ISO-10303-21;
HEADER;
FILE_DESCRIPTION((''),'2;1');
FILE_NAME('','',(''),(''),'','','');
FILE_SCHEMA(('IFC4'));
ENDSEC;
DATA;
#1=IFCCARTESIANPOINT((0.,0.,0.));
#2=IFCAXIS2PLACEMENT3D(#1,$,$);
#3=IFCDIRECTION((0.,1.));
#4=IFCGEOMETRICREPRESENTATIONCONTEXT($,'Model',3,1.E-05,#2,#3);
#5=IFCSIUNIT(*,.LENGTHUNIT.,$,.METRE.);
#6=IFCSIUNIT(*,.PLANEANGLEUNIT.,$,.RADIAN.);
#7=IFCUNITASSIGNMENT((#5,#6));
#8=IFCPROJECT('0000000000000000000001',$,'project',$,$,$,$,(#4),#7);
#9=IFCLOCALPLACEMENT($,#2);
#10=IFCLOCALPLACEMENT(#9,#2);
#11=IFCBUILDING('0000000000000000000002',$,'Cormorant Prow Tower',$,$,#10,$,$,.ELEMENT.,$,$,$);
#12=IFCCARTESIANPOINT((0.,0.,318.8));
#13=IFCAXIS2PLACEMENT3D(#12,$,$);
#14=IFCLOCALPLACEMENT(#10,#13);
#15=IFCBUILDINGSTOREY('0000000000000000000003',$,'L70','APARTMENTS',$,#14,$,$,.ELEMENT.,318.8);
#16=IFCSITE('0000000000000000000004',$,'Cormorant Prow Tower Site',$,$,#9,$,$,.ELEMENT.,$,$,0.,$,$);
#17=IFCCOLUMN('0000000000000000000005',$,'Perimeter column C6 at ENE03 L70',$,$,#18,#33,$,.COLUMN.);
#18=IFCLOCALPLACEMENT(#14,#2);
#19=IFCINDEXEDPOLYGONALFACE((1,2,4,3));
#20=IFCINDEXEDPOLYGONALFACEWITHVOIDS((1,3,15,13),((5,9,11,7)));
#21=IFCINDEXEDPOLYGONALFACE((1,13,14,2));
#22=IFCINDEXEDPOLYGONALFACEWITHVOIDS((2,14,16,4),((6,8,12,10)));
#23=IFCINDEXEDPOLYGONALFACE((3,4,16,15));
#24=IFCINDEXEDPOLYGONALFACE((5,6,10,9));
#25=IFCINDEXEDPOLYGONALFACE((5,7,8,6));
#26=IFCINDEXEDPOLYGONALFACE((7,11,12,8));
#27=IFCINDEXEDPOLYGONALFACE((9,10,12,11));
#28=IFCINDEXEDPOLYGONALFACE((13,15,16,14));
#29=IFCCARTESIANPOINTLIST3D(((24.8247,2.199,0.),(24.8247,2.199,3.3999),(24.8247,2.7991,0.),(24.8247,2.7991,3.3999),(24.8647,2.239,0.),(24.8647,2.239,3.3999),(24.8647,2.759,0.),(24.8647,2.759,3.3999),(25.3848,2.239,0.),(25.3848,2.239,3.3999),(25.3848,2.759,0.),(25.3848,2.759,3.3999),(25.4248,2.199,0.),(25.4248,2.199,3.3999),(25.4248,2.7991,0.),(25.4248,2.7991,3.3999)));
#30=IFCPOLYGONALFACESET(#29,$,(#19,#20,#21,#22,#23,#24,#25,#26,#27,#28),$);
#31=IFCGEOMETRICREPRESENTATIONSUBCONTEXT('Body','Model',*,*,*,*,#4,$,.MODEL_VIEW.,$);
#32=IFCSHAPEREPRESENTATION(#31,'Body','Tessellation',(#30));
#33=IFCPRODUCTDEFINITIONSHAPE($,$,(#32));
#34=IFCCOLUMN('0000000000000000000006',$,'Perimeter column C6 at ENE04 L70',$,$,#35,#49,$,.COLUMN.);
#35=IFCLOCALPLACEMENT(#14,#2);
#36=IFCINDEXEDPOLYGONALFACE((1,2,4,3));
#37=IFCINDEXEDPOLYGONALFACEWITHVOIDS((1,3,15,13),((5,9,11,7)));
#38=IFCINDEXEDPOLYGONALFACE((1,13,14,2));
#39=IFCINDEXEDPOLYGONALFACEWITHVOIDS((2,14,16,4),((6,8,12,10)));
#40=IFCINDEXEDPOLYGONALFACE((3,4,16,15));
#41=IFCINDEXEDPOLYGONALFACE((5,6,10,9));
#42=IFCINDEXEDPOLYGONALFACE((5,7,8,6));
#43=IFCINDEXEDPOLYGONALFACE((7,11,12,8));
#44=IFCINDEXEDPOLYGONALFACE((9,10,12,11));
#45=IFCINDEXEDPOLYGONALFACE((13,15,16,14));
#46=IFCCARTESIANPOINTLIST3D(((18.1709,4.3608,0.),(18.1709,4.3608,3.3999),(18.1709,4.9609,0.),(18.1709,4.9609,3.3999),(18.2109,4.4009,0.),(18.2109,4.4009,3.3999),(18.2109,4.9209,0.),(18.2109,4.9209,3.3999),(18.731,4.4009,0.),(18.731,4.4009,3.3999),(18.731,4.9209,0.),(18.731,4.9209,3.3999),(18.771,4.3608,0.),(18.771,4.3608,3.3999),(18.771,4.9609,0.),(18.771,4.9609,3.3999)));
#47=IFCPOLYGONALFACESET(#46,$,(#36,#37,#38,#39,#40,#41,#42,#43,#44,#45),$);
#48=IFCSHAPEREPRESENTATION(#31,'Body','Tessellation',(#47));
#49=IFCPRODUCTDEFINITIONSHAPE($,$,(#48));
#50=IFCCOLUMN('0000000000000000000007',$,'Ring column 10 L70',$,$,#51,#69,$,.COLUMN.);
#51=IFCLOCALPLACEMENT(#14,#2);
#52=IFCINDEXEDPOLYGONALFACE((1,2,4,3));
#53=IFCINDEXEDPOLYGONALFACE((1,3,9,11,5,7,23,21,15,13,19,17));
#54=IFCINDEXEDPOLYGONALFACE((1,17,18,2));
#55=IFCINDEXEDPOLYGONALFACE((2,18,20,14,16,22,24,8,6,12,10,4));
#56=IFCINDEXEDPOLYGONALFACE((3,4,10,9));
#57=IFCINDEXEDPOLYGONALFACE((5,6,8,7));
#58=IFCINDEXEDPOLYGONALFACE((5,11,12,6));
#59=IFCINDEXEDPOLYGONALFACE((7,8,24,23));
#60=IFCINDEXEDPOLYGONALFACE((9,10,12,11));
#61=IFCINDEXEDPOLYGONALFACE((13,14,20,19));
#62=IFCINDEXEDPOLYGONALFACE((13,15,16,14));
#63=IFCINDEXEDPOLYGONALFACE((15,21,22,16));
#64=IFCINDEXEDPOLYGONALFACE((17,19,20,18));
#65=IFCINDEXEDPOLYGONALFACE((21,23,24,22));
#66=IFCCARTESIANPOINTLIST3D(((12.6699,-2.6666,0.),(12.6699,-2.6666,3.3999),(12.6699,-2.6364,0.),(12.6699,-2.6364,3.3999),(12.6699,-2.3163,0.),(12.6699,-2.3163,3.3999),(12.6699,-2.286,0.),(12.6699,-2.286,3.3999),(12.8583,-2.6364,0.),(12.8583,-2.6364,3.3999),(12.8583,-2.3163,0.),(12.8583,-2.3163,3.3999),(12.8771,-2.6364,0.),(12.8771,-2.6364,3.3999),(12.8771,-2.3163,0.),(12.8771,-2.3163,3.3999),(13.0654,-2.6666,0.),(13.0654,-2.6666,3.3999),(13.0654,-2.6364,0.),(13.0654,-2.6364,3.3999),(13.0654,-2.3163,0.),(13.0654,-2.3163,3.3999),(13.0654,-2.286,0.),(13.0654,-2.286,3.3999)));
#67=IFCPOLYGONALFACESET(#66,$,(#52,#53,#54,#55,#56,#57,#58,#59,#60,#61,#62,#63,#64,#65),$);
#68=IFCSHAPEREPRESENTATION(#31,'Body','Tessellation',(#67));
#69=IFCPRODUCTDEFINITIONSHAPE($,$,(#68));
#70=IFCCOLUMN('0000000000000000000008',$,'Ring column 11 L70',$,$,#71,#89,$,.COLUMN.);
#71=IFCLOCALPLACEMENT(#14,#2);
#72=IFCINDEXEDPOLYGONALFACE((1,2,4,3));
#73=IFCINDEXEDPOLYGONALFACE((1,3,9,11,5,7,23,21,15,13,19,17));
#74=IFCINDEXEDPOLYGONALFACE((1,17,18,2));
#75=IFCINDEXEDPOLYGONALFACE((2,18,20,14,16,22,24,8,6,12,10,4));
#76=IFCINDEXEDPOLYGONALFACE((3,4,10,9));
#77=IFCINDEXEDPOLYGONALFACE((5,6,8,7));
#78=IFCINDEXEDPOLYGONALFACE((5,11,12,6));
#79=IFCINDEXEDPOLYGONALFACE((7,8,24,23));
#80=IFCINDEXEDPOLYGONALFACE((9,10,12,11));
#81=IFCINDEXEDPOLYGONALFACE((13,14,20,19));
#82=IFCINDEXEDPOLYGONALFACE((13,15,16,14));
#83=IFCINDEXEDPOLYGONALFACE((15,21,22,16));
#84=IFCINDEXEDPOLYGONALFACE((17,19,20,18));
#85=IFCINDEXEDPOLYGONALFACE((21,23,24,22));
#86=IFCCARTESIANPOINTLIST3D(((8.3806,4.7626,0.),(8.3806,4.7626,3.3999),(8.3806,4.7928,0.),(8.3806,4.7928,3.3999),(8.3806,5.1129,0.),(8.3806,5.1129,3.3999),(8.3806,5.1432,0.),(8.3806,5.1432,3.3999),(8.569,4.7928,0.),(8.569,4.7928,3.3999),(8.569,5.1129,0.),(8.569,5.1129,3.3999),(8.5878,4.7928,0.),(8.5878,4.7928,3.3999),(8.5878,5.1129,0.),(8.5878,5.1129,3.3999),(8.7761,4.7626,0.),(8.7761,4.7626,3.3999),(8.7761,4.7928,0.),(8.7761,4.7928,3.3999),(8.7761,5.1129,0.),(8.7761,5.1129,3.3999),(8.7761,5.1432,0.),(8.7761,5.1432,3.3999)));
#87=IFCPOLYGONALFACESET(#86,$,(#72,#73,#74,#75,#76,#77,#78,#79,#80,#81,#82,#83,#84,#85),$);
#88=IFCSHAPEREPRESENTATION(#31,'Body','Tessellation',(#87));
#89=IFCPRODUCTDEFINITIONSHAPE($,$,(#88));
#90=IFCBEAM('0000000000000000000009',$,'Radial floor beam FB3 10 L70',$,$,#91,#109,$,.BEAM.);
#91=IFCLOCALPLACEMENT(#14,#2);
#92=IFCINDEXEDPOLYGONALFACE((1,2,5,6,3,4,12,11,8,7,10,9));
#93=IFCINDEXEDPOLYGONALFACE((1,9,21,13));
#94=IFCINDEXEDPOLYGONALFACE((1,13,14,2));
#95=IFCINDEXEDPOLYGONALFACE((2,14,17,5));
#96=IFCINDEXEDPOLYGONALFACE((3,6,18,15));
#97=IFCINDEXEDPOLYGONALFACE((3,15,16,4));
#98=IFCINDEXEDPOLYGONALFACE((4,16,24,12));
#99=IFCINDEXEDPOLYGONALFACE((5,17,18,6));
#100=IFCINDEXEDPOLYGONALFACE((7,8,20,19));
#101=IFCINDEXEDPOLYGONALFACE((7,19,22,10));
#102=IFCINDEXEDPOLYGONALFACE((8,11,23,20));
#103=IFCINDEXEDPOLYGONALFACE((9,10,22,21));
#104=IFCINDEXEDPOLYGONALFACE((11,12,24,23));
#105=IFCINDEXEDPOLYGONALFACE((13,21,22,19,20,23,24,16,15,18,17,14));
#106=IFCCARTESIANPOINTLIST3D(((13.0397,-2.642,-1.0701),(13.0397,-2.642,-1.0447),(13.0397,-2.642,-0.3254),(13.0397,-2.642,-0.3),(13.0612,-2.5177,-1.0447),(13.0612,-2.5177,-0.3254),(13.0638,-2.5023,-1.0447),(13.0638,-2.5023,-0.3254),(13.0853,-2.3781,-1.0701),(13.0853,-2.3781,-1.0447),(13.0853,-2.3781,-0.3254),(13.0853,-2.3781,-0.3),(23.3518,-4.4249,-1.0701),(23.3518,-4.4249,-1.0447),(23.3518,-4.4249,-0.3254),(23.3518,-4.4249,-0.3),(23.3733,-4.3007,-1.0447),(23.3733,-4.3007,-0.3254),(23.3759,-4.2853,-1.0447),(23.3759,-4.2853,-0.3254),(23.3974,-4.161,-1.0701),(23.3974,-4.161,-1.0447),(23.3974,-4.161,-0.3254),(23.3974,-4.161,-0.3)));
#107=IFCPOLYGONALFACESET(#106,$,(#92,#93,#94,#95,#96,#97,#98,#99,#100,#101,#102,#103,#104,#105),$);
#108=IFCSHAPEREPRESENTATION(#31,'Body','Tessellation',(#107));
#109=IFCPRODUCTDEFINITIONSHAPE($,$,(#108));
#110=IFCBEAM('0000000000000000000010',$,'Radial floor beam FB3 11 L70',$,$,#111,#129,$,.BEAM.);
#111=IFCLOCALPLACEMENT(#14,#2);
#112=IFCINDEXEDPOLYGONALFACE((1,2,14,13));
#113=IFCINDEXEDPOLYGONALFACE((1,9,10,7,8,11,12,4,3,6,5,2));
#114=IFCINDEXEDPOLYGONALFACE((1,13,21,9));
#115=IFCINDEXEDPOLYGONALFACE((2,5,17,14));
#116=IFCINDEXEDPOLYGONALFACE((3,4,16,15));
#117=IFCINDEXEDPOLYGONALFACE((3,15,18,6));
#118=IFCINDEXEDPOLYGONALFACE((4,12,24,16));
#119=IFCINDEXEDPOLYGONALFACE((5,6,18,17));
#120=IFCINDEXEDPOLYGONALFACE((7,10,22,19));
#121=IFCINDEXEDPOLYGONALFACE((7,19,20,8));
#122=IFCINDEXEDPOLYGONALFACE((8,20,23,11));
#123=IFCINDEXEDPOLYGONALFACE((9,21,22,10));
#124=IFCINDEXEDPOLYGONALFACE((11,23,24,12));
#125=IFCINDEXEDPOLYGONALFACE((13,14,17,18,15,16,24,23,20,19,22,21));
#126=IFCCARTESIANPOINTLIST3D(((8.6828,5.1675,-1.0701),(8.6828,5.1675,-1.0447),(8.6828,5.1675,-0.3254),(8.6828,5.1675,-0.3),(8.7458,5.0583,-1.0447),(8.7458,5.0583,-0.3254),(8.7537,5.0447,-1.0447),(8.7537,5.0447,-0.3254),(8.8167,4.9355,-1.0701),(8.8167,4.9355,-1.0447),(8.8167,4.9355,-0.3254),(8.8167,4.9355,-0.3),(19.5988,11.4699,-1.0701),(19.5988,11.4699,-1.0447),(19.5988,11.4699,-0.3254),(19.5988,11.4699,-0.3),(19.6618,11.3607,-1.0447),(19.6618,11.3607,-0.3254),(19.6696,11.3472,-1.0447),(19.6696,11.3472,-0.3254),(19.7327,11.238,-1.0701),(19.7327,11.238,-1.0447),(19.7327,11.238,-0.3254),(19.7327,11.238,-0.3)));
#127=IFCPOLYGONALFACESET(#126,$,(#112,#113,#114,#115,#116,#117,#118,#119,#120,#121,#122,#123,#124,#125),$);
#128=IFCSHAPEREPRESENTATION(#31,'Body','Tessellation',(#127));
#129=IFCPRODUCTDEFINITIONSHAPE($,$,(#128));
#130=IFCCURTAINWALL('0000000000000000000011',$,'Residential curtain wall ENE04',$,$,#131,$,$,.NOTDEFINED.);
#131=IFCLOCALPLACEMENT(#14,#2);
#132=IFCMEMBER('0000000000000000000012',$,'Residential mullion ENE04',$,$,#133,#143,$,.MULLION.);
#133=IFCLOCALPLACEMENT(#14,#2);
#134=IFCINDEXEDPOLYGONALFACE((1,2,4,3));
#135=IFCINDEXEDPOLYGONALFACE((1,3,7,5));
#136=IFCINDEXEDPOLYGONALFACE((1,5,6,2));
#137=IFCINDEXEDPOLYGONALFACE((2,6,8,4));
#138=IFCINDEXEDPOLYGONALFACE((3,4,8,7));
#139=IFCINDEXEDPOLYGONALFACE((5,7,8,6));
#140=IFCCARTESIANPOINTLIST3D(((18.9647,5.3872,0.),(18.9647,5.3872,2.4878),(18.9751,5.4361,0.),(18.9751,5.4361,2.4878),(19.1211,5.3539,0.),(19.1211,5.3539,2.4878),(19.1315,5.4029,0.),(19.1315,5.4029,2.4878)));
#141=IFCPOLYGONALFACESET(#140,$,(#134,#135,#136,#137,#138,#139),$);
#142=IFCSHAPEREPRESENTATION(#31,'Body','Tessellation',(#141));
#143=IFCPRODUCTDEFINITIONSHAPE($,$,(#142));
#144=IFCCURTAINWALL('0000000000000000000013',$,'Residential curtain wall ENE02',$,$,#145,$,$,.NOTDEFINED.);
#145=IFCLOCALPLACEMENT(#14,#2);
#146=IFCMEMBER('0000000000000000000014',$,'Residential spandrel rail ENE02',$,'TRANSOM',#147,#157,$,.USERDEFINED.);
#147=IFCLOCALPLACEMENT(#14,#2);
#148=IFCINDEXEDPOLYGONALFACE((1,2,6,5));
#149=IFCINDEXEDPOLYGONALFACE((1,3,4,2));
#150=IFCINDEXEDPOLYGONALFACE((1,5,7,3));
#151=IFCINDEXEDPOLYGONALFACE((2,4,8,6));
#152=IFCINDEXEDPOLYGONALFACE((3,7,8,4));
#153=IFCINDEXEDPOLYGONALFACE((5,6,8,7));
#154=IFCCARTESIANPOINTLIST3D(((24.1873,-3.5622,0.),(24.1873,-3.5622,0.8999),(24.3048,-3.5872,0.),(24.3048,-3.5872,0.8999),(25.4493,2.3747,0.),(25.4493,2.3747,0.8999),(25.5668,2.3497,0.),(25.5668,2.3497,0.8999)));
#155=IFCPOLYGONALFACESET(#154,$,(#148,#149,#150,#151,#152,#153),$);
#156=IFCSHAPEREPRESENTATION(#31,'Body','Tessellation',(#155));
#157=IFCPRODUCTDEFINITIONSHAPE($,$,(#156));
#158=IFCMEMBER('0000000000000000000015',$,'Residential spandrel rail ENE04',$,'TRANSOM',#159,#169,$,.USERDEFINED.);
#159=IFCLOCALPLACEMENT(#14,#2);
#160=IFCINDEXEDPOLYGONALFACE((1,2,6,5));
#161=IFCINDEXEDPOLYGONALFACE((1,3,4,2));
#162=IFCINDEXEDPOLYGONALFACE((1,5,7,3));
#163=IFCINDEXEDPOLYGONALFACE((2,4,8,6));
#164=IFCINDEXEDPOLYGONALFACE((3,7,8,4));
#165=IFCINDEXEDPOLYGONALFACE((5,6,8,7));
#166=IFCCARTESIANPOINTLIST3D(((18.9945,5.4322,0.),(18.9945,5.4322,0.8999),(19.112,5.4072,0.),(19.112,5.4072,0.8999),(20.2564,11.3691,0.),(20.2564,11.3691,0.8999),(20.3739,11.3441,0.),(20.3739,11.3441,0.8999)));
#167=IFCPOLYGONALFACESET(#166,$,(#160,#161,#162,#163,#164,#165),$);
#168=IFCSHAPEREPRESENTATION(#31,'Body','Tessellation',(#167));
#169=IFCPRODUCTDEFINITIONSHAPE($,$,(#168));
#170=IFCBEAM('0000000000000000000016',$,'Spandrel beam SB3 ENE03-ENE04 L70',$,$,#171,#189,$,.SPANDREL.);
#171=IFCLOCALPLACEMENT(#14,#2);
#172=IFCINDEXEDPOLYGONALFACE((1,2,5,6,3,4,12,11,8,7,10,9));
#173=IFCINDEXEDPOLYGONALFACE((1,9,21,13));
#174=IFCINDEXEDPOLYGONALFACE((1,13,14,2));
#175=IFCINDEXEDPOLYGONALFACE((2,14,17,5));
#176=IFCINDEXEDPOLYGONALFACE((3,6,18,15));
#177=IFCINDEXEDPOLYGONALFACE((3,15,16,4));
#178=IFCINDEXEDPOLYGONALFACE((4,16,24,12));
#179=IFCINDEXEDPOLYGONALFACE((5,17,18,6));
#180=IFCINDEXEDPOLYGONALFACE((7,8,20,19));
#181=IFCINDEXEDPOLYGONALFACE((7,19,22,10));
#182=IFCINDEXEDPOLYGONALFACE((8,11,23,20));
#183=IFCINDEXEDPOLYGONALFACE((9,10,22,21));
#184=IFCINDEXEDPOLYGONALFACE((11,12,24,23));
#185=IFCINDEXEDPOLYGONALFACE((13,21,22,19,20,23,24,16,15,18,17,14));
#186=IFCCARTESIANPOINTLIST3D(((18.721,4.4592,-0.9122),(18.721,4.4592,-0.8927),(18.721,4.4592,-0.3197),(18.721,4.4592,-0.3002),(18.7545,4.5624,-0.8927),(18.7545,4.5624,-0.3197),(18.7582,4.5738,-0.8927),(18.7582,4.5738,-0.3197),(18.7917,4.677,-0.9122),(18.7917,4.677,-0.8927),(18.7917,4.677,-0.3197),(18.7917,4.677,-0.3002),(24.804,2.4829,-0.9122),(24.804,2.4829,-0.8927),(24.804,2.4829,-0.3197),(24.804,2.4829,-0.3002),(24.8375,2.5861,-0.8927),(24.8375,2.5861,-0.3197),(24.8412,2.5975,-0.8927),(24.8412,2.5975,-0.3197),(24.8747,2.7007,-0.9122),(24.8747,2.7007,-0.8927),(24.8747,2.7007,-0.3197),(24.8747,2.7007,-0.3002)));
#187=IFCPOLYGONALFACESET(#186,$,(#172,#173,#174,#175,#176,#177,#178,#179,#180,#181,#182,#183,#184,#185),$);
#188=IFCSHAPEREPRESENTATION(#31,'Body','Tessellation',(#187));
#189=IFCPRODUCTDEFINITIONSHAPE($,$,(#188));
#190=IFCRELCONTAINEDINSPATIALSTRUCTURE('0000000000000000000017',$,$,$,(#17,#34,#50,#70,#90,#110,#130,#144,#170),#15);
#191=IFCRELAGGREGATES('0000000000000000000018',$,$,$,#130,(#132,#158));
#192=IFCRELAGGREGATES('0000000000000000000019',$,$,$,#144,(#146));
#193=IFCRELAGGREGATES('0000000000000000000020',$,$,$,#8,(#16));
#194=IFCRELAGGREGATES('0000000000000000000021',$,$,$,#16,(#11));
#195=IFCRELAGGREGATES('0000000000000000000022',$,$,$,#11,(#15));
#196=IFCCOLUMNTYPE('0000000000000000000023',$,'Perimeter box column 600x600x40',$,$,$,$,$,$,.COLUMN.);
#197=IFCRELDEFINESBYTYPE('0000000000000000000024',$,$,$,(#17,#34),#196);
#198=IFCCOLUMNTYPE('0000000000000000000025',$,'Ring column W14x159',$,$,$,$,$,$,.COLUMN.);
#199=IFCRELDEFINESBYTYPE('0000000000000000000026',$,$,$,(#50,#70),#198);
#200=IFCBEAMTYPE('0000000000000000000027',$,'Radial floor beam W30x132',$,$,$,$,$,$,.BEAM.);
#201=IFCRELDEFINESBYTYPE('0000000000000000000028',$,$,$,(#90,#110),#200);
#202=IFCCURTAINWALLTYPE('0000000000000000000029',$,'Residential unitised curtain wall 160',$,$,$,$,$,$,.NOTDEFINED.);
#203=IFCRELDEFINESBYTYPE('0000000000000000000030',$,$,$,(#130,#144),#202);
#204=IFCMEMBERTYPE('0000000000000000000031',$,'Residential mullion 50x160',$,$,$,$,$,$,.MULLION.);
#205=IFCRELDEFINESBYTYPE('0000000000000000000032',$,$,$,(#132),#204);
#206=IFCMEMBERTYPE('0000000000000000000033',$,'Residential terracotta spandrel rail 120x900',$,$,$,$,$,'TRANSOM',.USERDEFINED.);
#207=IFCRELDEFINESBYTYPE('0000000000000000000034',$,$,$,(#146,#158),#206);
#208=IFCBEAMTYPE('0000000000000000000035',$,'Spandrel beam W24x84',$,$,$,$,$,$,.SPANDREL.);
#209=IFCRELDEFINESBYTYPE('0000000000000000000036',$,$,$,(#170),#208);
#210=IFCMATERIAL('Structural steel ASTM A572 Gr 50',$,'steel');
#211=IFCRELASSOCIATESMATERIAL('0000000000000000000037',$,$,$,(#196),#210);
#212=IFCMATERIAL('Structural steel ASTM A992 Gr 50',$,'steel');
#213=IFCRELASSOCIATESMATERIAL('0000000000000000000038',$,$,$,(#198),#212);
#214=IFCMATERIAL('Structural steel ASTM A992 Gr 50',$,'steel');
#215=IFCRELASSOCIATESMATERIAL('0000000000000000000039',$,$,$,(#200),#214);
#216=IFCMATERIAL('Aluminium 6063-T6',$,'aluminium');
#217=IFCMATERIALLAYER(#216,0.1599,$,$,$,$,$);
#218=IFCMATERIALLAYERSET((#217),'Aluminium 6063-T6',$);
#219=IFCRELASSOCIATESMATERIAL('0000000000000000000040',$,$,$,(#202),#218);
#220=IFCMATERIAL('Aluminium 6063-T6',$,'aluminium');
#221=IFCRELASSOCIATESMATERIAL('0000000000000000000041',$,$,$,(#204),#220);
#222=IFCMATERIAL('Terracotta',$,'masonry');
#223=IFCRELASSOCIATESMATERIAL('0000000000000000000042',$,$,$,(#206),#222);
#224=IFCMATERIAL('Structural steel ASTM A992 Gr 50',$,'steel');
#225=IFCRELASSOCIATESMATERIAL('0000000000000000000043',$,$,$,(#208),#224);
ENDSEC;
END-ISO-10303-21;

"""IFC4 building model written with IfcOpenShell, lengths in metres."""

from ifc_helpers import new_model, si_unit, direction, frame, origin, origin_2d, place, context, subcontext, project, spatial, rectangle, hollow_rectangle, i_section, extrude, material, layer, layer_set, material_profile, profile_set, type_object, element, aggregate, save


model = new_model("IFC4")

# Units and contexts
model_context = context("Model", 3, precision=1e-05, world=origin(), true_north=direction((0.0, 1.0)))
body_context = subcontext(model_context, "Body", "Model", "MODEL_VIEW")
ifc_project = project(units=[si_unit("LENGTHUNIT", "METRE"), si_unit("PLANEANGLEUNIT", "RADIAN")], contexts=[model_context])

# Site, building, storey
site_placement = place(None, origin())
site = spatial("IfcSite", under=ifc_project, at=site_placement, Name="Cormorant Prow Tower Site", CompositionType="ELEMENT", RefElevation=0.0)
building_placement = place(site_placement, origin())
building = spatial("IfcBuilding", under=site, at=building_placement, Name="Cormorant Prow Tower", CompositionType="ELEMENT")
storey_placement = place(building_placement, frame((0.0, 0.0, 318.8)))
storey = spatial("IfcBuildingStorey", under=building, at=storey_placement, Name="L70", Description="APARTMENTS", CompositionType="ELEMENT", Elevation=318.8)

# Columns
ifc_material_1 = material(Name="Structural steel ASTM A572 Gr 50", Category="steel")
ifc_material_profile_1 = material_profile(ifc_material_1, hollow_rectangle(XDim=0.6001, YDim=0.6001, WallThickness=0.04, at=origin_2d()), Name="Box 600x600x40")
ifc_profile_set_1 = profile_set([ifc_material_profile_1], Name="Structural steel ASTM A572 Gr 50")
column_type_1 = type_object("IfcColumnType", Name="Perimeter box column 600x600x40", PredefinedType="COLUMN", material=ifc_profile_set_1)
for number, where, z_axis, x_axis, name in (
    (1, (25.1248, 2.499, 0.0), (0.0, 0.0, 1.0), (1.0, 0.0, 0.0), "Perimeter column C6 at ENE03 L70"),
    (2, (18.4709, 4.6609, 0.0), (0.0, 0.0, 1.0), (1.0, 0.0, 0.0), "Perimeter column C6 at ENE04 L70"),
):
    element("IfcColumn", number, at=place(storey_placement, frame(where, z_axis=z_axis, x_axis=x_axis)), inside=storey, type_object=column_type_1, Name=name, PredefinedType="COLUMN", context=body_context, shape_type="SweptSolid", body=[
        extrude(hollow_rectangle(XDim=0.6001, YDim=0.6001, WallThickness=0.04, at=origin_2d()), origin(), (0.0, 0.0, 1.0), 3.3999),
    ])
ifc_material_2 = material(Name="Structural steel ASTM A992 Gr 50", Category="steel")
ifc_material_profile_2 = material_profile(ifc_material_2, i_section(OverallWidth=0.3955, OverallDepth=0.3806, WebThickness=0.0188, FlangeThickness=0.0303, at=origin_2d()), Name="W14x159")
ifc_profile_set_2 = profile_set([ifc_material_profile_2], Name="Structural steel ASTM A992 Gr 50")
column_type_2 = type_object("IfcColumnType", Name="Ring column W14x159", PredefinedType="COLUMN", material=ifc_profile_set_2)
for number, where, z_axis, x_axis, name in (
    (3, (12.8677, -2.4763, 0.0), (0.0, 0.0, 1.0), (1.0, 0.0, 0.0), "Ring column 10 L70"),
    (4, (8.5784, 4.9529, 0.0), (0.0, 0.0, 1.0), (1.0, 0.0, 0.0), "Ring column 11 L70"),
):
    element("IfcColumn", number, at=place(storey_placement, frame(where, z_axis=z_axis, x_axis=x_axis)), inside=storey, type_object=column_type_2, Name=name, PredefinedType="COLUMN", context=body_context, shape_type="SweptSolid", body=[
        extrude(i_section(OverallWidth=0.3955, OverallDepth=0.3806, WebThickness=0.0188, FlangeThickness=0.0303, at=origin_2d()), origin(), (0.0, 0.0, 1.0), 3.3999),
    ])

# Beams
ifc_material_3 = material(Name="Structural steel ASTM A992 Gr 50", Category="steel")
ifc_material_profile_3 = material_profile(ifc_material_3, i_section(OverallWidth=0.2678, OverallDepth=0.77, WebThickness=0.0156, FlangeThickness=0.0254, at=origin_2d()), Name="W30x132")
ifc_profile_set_3 = profile_set([ifc_material_profile_3], Name="Structural steel ASTM A992 Gr 50")
beam_type_1 = type_object("IfcBeamType", Name="Radial floor beam W30x132", PredefinedType="BEAM", material=ifc_profile_set_3)
beam_1_placement = place(storey_placement, frame((13.0625, -2.51, -0.6851), z_axis=(0.98538, -0.170373, 0.0), x_axis=(0.170373, 0.98538, 0.0)))
element("IfcBeam", 5, at=beam_1_placement, inside=storey, type_object=beam_type_1, Name="Radial floor beam FB3 10 L70", PredefinedType="BEAM", context=body_context, shape_type="SweptSolid", body=[
    extrude(i_section(OverallWidth=0.2678, OverallDepth=0.77, WebThickness=0.0156, FlangeThickness=0.0254, at=origin_2d()), origin(), (0.0, 0.0, 1.0), 10.4651),
])
beam_2_placement = place(storey_placement, frame((8.7498, 5.0515, -0.6851), z_axis=(0.866021, 0.500007, 0.0), x_axis=(-0.500007, 0.866021, 0.0)))
element("IfcBeam", 6, at=beam_2_placement, inside=storey, type_object=beam_type_1, Name="Radial floor beam FB3 11 L70", PredefinedType="BEAM", context=body_context, shape_type="SweptSolid", body=[
    extrude(i_section(OverallWidth=0.2678, OverallDepth=0.77, WebThickness=0.0156, FlangeThickness=0.0254, at=origin_2d()), origin(), (0.0, 0.0, 1.0), 12.6047),
])

# Curtain walls, members
ifc_material_4 = material(Name="Aluminium 6063-T6", Category="aluminium")
ifc_layer_1 = layer(ifc_material_4, 0.1599)
ifc_layer_set_1 = layer_set([ifc_layer_1], Name="Aluminium 6063-T6")
curtain_wall_type = type_object("IfcCurtainWallType", Name="Residential unitised curtain wall 160", PredefinedType="NOTDEFINED", material=ifc_layer_set_1)
curtain_wall_1_placement = place(storey_placement, origin())
curtain_wall_1 = element("IfcCurtainWall", 7, at=curtain_wall_1_placement, inside=storey, type_object=curtain_wall_type, Name="Residential curtain wall ENE04", PredefinedType="NOTDEFINED")
ifc_material_5 = material(Name="Aluminium 6063-T6", Category="aluminium")
ifc_material_profile_4 = material_profile(ifc_material_5, rectangle(XDim=0.1599, YDim=0.05, at=origin_2d()), Name="Residential mullion 50x160")
ifc_profile_set_4 = profile_set([ifc_material_profile_4], Name="Aluminium 6063-T6")
member_type_1 = type_object("IfcMemberType", Name="Residential mullion 50x160", PredefinedType="MULLION", material=ifc_profile_set_4)
member_1_placement = place(storey_placement, frame((19.0481, 5.395, 0.0), z_axis=(0.0, 0.0, 1.0), x_axis=(-0.978148, 0.207912, 0.0)))
member_1 = element("IfcMember", 8, at=member_1_placement, type_object=member_type_1, Name="Residential mullion ENE04", PredefinedType="MULLION", context=body_context, shape_type="SweptSolid", body=[
    extrude(rectangle(XDim=0.1599, YDim=0.05, at=origin_2d()), origin(), (0.0, 0.0, 1.0), 2.4878),
])
curtain_wall_2_placement = place(storey_placement, origin())
curtain_wall_2 = element("IfcCurtainWall", 9, at=curtain_wall_2_placement, inside=storey, type_object=curtain_wall_type, Name="Residential curtain wall ENE02", PredefinedType="NOTDEFINED")
ifc_material_6 = material(Name="Terracotta", Category="masonry")
ifc_material_profile_5 = material_profile(ifc_material_6, rectangle(XDim=0.1201, YDim=0.8999, at=origin_2d()), Name="Residential terracotta spandrel rail 120x900")
ifc_profile_set_5 = profile_set([ifc_material_profile_5], Name="Terracotta")
member_type_2 = type_object("IfcMemberType", Name="Residential terracotta spandrel rail 120x900", ElementType="TRANSOM", PredefinedType="USERDEFINED", material=ifc_profile_set_5)
member_2_placement = place(storey_placement, frame((24.2461, -3.5747, 0.45), z_axis=(0.207914, 0.978147, 0.0), x_axis=(-0.978147, 0.207914, 0.0)))
member_2 = element("IfcMember", 10, at=member_2_placement, type_object=member_type_2, Name="Residential spandrel rail ENE02", ObjectType="TRANSOM", PredefinedType="USERDEFINED", context=body_context, shape_type="SweptSolid", body=[
    extrude(rectangle(XDim=0.1201, YDim=0.8999, at=origin_2d()), origin(), (0.0, 0.0, 1.0), 6.0696),
])

# Member
member_3_placement = place(storey_placement, frame((19.0532, 5.4197, 0.45), z_axis=(0.207914, 0.978147, 0.0), x_axis=(-0.978147, 0.207914, 0.0)))
member_3 = element("IfcMember", 11, at=member_3_placement, type_object=member_type_2, Name="Residential spandrel rail ENE04", ObjectType="TRANSOM", PredefinedType="USERDEFINED", context=body_context, shape_type="SweptSolid", body=[
    extrude(rectangle(XDim=0.1201, YDim=0.8999, at=origin_2d()), origin(), (0.0, 0.0, 1.0), 6.0696),
])
aggregate(curtain_wall_1, [member_1, member_3])

# Beam
ifc_material_7 = material(Name="Structural steel ASTM A992 Gr 50", Category="steel")
ifc_material_profile_6 = material_profile(ifc_material_7, i_section(OverallWidth=0.229, OverallDepth=0.6121, WebThickness=0.012, FlangeThickness=0.0195, at=origin_2d()), Name="W24x84")
ifc_profile_set_6 = profile_set([ifc_material_profile_6], Name="Structural steel ASTM A992 Gr 50")
beam_type_2 = type_object("IfcBeamType", Name="Spandrel beam W24x84", PredefinedType="SPANDREL", material=ifc_profile_set_6)
beam_3_placement = place(storey_placement, frame((24.8394, 2.5918, -0.6062), z_axis=(-0.951064, 0.308993, 0.0), x_axis=(-0.308993, -0.951064, 0.0)))
element("IfcBeam", 12, at=beam_3_placement, inside=storey, type_object=beam_type_2, Name="Spandrel beam SB3 ENE03-ENE04 L70", PredefinedType="SPANDREL", context=body_context, shape_type="SweptSolid", body=[
    extrude(i_section(OverallWidth=0.229, OverallDepth=0.6121, WebThickness=0.012, FlangeThickness=0.0195, at=origin_2d()), origin(), (0.0, 0.0, 1.0), 6.396),
])

aggregate(curtain_wall_2, [member_2])

save(model, "model.ifc")
